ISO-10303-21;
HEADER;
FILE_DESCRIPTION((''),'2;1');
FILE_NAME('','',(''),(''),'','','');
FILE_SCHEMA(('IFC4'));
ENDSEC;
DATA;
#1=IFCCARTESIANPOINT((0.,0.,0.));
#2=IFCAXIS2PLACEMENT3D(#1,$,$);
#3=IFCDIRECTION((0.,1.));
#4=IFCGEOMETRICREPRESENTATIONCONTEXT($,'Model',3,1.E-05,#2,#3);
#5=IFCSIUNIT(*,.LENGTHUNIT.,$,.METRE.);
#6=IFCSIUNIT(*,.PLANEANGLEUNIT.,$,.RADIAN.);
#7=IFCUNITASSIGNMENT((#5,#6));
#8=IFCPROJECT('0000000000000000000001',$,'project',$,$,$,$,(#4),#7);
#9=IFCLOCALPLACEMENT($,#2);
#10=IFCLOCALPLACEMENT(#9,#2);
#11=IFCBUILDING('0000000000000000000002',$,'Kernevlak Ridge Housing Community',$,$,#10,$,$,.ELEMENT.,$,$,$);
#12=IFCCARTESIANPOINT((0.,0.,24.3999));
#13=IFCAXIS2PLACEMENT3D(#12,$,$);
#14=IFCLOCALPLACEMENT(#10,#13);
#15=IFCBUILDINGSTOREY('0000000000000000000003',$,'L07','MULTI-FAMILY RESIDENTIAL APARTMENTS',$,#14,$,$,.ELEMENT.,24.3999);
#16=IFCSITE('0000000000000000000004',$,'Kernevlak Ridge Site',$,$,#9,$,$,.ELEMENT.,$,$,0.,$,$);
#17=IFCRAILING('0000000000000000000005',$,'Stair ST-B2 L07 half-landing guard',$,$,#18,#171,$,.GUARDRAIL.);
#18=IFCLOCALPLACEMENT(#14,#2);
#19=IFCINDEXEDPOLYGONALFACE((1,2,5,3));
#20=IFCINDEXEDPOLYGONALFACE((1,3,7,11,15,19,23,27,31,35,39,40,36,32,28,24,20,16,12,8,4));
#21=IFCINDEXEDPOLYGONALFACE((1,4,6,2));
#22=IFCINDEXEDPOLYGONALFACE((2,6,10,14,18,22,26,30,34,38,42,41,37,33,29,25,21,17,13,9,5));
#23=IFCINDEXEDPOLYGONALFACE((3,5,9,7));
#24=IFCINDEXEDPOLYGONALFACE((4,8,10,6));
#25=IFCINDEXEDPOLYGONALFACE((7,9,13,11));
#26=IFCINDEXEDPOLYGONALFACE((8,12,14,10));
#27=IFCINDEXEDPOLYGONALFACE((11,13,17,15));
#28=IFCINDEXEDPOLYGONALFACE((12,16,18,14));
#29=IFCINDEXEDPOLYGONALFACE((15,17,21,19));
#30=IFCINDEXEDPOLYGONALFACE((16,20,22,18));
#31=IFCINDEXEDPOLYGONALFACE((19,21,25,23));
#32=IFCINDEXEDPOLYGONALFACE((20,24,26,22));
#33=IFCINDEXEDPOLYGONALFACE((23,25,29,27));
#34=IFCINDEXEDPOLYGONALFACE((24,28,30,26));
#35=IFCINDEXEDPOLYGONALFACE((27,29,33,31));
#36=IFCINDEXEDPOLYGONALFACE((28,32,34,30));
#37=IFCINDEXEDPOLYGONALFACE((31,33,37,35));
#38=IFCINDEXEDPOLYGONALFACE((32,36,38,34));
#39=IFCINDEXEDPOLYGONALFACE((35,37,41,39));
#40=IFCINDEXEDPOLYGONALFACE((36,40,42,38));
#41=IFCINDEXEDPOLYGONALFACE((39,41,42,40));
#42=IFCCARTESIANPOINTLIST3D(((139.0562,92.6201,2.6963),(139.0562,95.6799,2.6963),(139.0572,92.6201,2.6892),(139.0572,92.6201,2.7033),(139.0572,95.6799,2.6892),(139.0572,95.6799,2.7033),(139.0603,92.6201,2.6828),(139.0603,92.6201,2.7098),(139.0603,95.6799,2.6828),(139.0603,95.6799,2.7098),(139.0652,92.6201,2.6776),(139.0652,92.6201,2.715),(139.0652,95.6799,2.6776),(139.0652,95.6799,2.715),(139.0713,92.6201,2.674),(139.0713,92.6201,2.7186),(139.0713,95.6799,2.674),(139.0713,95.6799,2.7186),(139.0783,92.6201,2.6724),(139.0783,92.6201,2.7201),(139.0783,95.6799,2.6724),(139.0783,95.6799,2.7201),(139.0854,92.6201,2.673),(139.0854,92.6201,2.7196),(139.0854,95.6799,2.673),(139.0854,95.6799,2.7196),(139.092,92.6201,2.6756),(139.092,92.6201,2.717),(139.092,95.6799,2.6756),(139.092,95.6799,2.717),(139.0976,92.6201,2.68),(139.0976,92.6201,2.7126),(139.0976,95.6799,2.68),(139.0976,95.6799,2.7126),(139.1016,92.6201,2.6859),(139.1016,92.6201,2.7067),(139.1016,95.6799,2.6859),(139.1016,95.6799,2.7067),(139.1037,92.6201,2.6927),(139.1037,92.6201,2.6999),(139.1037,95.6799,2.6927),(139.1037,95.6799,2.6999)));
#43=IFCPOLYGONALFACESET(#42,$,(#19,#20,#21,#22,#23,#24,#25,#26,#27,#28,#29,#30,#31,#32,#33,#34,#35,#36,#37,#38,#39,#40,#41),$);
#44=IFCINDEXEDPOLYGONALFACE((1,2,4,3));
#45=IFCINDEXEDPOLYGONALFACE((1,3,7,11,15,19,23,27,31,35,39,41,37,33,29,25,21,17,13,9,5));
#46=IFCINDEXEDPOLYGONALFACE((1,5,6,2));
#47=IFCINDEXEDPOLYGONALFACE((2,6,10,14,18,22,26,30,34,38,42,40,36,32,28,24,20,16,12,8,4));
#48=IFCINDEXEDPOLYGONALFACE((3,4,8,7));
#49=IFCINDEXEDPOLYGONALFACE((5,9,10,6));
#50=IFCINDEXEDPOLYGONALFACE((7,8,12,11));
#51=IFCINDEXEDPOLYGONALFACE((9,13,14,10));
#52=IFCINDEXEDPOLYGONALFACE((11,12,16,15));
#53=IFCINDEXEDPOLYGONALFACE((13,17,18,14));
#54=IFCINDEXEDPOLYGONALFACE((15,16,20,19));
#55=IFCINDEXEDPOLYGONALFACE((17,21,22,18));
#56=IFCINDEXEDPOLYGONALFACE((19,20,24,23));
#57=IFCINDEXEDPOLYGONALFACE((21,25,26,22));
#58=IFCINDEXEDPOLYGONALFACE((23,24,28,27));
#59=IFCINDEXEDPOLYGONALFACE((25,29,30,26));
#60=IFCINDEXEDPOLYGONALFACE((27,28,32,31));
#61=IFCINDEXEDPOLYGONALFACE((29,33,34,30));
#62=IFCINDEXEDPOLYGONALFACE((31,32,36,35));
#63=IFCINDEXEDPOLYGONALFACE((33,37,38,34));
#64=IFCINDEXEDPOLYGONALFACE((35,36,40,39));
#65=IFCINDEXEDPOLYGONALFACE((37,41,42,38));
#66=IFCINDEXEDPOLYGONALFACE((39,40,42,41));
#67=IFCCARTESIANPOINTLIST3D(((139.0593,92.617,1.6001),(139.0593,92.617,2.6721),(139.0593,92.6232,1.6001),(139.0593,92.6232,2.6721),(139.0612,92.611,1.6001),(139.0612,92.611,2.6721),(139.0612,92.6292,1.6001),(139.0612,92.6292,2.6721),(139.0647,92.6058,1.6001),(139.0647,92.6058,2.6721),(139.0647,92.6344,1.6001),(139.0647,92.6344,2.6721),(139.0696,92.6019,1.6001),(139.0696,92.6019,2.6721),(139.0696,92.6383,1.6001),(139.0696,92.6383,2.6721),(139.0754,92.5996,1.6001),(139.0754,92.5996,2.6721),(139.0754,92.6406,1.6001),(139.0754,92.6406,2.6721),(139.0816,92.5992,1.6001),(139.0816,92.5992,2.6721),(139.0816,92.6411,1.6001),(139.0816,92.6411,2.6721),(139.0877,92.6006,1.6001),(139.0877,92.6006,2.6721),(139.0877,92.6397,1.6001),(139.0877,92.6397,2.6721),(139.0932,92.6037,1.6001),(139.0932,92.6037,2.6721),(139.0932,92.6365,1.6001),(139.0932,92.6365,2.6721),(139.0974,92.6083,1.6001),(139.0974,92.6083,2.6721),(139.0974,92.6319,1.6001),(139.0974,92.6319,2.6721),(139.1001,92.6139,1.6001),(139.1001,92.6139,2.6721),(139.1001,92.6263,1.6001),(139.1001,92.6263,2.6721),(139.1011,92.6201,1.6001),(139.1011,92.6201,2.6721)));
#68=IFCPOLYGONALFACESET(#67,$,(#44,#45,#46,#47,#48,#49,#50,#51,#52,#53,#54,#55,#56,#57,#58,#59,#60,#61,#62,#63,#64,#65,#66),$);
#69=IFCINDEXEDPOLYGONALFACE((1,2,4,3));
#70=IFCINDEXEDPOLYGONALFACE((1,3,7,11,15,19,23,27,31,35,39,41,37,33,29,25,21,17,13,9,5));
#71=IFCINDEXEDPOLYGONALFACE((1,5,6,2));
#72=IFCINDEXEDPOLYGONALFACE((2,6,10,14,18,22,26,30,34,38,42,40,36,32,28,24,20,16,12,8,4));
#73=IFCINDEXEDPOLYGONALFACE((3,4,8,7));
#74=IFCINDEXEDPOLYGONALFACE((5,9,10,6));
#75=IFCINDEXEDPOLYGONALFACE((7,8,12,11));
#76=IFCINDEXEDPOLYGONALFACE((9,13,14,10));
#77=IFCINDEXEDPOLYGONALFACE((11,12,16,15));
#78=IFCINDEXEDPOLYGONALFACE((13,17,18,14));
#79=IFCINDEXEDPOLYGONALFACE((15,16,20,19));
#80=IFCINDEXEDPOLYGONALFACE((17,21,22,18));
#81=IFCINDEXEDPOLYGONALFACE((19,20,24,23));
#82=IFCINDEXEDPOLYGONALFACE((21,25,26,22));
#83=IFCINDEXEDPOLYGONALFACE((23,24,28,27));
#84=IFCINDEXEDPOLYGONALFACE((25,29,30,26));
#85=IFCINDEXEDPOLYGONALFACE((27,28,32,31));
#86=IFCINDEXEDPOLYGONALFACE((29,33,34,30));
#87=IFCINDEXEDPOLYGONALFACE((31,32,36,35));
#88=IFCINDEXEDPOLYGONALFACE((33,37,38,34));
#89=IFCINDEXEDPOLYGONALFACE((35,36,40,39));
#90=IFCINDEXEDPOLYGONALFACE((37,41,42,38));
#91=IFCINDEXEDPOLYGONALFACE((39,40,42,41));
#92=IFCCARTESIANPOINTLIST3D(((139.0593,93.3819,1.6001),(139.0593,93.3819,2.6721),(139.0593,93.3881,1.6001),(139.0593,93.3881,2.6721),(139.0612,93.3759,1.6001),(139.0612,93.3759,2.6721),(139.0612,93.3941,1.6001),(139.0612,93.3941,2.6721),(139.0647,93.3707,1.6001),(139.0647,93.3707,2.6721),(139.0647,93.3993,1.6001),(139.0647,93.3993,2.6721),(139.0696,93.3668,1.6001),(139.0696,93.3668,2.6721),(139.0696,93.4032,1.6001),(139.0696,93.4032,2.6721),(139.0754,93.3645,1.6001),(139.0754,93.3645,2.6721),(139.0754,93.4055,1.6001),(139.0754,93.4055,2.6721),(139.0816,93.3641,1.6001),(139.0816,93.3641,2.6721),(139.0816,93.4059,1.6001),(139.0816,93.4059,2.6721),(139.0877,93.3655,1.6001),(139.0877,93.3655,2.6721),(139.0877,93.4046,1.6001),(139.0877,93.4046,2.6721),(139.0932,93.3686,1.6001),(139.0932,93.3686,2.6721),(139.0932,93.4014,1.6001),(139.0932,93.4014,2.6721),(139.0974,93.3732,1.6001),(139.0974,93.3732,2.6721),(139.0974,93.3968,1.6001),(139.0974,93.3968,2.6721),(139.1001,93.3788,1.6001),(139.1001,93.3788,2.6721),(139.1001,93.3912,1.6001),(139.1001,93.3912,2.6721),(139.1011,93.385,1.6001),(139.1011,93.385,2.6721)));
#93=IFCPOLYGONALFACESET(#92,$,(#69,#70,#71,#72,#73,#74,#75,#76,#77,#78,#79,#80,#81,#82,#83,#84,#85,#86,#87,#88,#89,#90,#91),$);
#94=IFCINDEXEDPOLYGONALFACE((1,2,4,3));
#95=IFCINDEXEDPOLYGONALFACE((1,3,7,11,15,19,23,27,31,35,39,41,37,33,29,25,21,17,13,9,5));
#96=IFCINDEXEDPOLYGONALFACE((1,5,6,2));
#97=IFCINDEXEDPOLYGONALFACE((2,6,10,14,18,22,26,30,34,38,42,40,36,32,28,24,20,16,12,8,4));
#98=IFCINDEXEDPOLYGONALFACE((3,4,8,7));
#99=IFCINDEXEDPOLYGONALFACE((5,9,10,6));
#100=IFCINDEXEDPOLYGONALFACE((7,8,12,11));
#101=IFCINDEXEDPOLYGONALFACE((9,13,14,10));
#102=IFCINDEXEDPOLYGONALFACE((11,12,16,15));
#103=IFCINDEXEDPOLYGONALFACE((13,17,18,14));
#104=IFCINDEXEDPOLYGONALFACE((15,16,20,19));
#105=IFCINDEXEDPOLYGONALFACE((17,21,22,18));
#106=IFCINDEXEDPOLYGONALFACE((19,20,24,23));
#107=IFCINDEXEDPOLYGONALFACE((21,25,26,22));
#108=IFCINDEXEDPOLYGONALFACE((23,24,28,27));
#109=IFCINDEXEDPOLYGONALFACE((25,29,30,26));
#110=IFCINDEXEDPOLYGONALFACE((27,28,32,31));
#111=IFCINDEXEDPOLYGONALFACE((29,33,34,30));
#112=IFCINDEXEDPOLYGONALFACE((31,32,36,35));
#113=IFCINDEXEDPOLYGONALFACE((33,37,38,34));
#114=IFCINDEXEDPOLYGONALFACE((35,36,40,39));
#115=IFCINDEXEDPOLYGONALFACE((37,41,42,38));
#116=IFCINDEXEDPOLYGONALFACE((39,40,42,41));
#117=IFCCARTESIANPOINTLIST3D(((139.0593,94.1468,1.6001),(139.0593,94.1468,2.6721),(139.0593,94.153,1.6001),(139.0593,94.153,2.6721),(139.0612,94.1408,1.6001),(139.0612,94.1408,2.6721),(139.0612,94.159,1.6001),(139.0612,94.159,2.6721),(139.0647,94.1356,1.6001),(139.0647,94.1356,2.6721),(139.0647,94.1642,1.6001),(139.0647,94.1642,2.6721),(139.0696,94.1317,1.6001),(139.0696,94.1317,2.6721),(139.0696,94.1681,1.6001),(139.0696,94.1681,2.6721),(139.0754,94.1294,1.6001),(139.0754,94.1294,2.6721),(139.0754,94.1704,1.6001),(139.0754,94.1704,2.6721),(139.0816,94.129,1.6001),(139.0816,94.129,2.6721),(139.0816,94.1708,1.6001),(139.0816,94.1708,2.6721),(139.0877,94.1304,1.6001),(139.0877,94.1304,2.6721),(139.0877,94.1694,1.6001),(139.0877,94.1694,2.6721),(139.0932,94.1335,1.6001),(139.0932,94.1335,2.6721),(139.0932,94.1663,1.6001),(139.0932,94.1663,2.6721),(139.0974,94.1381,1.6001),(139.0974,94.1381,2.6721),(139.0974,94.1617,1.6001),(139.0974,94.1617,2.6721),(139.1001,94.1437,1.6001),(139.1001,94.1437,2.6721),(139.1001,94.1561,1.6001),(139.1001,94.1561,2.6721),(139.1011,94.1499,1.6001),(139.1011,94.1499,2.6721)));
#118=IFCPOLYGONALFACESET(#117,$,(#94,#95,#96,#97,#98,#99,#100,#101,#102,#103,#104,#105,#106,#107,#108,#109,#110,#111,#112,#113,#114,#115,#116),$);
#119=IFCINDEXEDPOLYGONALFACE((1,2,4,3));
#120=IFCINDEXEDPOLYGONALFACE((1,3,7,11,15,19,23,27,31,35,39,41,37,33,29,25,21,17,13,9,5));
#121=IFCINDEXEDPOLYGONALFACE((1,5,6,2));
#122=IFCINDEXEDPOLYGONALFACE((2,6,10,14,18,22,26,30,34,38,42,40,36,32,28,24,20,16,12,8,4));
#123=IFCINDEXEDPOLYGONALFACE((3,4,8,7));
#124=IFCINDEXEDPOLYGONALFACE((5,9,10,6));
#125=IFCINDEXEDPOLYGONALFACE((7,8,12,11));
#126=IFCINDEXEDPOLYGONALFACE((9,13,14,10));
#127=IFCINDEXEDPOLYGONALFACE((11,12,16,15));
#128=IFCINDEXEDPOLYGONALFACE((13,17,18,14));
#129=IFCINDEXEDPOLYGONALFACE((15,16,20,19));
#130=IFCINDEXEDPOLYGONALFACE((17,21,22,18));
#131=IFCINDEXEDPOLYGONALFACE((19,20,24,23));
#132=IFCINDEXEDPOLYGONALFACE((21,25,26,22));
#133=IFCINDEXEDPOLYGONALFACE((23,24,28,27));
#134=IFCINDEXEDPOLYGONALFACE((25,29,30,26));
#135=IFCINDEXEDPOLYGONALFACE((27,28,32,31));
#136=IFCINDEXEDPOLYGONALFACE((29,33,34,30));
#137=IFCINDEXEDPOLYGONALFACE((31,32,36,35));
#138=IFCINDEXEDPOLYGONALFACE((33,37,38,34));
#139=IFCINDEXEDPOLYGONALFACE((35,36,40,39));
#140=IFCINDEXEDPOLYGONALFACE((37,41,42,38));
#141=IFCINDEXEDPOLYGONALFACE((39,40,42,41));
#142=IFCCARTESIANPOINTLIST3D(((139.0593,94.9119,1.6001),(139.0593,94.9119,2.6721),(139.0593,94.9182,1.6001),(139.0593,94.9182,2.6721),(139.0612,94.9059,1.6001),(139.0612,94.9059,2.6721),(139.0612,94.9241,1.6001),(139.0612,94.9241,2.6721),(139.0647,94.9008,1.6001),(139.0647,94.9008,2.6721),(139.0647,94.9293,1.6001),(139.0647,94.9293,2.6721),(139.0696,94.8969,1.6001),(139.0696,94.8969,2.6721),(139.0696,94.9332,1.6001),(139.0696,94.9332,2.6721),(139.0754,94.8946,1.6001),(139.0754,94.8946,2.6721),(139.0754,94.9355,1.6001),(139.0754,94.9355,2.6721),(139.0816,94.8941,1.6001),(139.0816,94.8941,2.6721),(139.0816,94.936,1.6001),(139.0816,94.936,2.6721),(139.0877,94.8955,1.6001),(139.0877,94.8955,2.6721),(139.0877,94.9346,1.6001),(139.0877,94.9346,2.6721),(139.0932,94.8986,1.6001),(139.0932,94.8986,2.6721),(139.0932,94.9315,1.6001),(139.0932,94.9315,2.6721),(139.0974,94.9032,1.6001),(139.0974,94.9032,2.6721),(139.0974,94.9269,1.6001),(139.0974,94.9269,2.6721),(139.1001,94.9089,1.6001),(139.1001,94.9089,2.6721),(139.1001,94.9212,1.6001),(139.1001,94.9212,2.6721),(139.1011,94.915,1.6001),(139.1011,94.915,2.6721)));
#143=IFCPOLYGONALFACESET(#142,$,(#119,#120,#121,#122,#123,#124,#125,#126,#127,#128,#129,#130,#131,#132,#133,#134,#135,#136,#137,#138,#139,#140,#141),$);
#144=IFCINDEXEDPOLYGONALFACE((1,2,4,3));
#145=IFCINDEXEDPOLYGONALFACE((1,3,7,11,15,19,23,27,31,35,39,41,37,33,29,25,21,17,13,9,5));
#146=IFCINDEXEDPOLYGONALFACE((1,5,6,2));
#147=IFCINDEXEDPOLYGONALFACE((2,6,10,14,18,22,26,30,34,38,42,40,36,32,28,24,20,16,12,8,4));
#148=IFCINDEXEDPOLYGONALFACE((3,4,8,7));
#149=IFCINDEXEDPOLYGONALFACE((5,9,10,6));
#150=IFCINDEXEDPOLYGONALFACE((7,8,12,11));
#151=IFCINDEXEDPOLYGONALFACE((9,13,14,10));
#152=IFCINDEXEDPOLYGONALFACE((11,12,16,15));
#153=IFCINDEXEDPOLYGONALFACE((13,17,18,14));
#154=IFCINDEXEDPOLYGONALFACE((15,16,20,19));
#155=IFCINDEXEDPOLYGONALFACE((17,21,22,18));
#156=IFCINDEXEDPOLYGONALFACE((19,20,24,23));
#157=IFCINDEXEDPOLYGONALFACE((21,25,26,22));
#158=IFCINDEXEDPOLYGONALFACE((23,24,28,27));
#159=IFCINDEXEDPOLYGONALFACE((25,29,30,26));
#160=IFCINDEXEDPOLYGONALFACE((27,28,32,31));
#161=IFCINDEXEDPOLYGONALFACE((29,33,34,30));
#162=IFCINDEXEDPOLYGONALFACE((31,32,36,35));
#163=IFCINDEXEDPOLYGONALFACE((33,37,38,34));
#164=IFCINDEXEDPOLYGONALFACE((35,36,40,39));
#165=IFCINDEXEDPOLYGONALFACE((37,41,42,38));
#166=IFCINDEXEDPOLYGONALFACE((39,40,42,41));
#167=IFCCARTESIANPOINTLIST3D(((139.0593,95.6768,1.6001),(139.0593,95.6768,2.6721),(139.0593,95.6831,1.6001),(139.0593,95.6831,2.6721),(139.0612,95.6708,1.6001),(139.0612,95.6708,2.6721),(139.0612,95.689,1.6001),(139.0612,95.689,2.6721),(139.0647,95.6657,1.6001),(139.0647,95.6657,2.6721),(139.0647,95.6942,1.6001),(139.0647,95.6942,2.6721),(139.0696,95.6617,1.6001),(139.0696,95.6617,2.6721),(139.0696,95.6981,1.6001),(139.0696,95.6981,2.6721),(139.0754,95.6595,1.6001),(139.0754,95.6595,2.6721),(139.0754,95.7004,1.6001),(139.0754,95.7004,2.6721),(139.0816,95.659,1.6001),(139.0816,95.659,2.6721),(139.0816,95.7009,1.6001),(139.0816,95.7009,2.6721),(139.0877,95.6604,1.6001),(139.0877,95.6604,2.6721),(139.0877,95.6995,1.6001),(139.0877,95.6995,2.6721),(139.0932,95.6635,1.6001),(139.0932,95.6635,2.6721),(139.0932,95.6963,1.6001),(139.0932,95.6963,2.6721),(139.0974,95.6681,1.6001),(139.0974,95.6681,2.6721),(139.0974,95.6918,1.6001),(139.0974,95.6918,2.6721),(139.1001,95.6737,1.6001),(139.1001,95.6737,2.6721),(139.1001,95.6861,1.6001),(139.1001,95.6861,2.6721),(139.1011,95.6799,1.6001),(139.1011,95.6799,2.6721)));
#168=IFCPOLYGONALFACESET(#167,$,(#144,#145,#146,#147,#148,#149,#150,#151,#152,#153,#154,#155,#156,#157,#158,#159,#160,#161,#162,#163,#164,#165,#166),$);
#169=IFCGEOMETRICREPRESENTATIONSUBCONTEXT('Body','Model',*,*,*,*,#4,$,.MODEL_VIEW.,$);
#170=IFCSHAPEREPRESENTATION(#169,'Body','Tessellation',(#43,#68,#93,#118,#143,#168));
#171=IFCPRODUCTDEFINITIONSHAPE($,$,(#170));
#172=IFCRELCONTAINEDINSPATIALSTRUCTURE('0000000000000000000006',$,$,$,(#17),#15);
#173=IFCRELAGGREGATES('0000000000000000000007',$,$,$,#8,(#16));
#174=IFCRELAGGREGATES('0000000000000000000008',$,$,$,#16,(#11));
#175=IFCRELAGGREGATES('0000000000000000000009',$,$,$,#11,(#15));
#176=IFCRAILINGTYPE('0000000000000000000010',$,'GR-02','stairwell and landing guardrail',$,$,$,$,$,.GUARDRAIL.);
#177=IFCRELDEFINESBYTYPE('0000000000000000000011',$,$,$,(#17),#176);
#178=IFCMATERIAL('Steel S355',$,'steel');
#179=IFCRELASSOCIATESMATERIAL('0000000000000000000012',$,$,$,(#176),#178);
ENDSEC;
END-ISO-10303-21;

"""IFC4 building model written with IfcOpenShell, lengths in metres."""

from ifc_helpers import new_model, si_unit, direction, frame, origin, origin_2d, place, context, subcontext, project, spatial, circle, extrude, material, type_object, element, save


model = new_model("IFC4")

# Units and contexts
model_context = context("Model", 3, precision=1e-05, world=origin(), true_north=direction((0.0, 1.0)))
body_context = subcontext(model_context, "Body", "Model", "MODEL_VIEW")
ifc_project = project(units=[si_unit("LENGTHUNIT", "METRE"), si_unit("PLANEANGLEUNIT", "RADIAN")], contexts=[model_context])

# Site, building, storey
site_placement = place(None, origin())
site = spatial("IfcSite", under=ifc_project, at=site_placement, Name="Kernevlak Ridge Site", CompositionType="ELEMENT", RefElevation=0.0)
building_placement = place(site_placement, origin())
building = spatial("IfcBuilding", under=site, at=building_placement, Name="Kernevlak Ridge Housing Community", CompositionType="ELEMENT")
storey_placement = place(building_placement, frame((0.0, 0.0, 24.3999)))
storey = spatial("IfcBuildingStorey", under=building, at=storey_placement, Name="L07", Description="MULTI-FAMILY RESIDENTIAL APARTMENTS", CompositionType="ELEMENT", Elevation=24.3999)

# Railing
ifc_material_1 = material(Name="Steel S355", Category="steel")
railing_type_1 = type_object("IfcRailingType", Name="GR-02", Description="stairwell and landing guardrail", PredefinedType="GUARDRAIL", material=ifc_material_1)
railing_1_placement = place(storey_placement, frame((139.0801, 92.6201, 1.6001)))
element("IfcRailing", 1, at=railing_1_placement, inside=storey, type_object=railing_type_1, Name="Stair ST-B2 L07 half-landing guard", PredefinedType="GUARDRAIL", context=body_context, shape_type="SweptSolid", body=[
    extrude(circle(Radius=0.0239, at=origin_2d()), frame((0.0, 0.0, 1.0962), z_axis=(0.0, 1.0, 0.0), x_axis=(-1.0, 0.0, 0.0)), (0.0, 0.0, 1.0), 3.0598),
    extrude(circle(Radius=0.021, at=origin_2d()), origin(), (0.0, 0.0, 1.0), 1.072),
    extrude(circle(Radius=0.021, at=origin_2d()), frame((0.0, 0.7649, 0.0)), (0.0, 0.0, 1.0), 1.072),
    extrude(circle(Radius=0.021, at=origin_2d()), frame((0.0, 1.5298, 0.0)), (0.0, 0.0, 1.0), 1.072),
    extrude(circle(Radius=0.021, at=origin_2d()), frame((0.0, 2.2949, 0.0)), (0.0, 0.0, 1.0), 1.072),
    extrude(circle(Radius=0.021, at=origin_2d()), frame((0.0, 3.0598, 0.0)), (0.0, 0.0, 1.0), 1.072),
])

save(model, "model.ifc")
